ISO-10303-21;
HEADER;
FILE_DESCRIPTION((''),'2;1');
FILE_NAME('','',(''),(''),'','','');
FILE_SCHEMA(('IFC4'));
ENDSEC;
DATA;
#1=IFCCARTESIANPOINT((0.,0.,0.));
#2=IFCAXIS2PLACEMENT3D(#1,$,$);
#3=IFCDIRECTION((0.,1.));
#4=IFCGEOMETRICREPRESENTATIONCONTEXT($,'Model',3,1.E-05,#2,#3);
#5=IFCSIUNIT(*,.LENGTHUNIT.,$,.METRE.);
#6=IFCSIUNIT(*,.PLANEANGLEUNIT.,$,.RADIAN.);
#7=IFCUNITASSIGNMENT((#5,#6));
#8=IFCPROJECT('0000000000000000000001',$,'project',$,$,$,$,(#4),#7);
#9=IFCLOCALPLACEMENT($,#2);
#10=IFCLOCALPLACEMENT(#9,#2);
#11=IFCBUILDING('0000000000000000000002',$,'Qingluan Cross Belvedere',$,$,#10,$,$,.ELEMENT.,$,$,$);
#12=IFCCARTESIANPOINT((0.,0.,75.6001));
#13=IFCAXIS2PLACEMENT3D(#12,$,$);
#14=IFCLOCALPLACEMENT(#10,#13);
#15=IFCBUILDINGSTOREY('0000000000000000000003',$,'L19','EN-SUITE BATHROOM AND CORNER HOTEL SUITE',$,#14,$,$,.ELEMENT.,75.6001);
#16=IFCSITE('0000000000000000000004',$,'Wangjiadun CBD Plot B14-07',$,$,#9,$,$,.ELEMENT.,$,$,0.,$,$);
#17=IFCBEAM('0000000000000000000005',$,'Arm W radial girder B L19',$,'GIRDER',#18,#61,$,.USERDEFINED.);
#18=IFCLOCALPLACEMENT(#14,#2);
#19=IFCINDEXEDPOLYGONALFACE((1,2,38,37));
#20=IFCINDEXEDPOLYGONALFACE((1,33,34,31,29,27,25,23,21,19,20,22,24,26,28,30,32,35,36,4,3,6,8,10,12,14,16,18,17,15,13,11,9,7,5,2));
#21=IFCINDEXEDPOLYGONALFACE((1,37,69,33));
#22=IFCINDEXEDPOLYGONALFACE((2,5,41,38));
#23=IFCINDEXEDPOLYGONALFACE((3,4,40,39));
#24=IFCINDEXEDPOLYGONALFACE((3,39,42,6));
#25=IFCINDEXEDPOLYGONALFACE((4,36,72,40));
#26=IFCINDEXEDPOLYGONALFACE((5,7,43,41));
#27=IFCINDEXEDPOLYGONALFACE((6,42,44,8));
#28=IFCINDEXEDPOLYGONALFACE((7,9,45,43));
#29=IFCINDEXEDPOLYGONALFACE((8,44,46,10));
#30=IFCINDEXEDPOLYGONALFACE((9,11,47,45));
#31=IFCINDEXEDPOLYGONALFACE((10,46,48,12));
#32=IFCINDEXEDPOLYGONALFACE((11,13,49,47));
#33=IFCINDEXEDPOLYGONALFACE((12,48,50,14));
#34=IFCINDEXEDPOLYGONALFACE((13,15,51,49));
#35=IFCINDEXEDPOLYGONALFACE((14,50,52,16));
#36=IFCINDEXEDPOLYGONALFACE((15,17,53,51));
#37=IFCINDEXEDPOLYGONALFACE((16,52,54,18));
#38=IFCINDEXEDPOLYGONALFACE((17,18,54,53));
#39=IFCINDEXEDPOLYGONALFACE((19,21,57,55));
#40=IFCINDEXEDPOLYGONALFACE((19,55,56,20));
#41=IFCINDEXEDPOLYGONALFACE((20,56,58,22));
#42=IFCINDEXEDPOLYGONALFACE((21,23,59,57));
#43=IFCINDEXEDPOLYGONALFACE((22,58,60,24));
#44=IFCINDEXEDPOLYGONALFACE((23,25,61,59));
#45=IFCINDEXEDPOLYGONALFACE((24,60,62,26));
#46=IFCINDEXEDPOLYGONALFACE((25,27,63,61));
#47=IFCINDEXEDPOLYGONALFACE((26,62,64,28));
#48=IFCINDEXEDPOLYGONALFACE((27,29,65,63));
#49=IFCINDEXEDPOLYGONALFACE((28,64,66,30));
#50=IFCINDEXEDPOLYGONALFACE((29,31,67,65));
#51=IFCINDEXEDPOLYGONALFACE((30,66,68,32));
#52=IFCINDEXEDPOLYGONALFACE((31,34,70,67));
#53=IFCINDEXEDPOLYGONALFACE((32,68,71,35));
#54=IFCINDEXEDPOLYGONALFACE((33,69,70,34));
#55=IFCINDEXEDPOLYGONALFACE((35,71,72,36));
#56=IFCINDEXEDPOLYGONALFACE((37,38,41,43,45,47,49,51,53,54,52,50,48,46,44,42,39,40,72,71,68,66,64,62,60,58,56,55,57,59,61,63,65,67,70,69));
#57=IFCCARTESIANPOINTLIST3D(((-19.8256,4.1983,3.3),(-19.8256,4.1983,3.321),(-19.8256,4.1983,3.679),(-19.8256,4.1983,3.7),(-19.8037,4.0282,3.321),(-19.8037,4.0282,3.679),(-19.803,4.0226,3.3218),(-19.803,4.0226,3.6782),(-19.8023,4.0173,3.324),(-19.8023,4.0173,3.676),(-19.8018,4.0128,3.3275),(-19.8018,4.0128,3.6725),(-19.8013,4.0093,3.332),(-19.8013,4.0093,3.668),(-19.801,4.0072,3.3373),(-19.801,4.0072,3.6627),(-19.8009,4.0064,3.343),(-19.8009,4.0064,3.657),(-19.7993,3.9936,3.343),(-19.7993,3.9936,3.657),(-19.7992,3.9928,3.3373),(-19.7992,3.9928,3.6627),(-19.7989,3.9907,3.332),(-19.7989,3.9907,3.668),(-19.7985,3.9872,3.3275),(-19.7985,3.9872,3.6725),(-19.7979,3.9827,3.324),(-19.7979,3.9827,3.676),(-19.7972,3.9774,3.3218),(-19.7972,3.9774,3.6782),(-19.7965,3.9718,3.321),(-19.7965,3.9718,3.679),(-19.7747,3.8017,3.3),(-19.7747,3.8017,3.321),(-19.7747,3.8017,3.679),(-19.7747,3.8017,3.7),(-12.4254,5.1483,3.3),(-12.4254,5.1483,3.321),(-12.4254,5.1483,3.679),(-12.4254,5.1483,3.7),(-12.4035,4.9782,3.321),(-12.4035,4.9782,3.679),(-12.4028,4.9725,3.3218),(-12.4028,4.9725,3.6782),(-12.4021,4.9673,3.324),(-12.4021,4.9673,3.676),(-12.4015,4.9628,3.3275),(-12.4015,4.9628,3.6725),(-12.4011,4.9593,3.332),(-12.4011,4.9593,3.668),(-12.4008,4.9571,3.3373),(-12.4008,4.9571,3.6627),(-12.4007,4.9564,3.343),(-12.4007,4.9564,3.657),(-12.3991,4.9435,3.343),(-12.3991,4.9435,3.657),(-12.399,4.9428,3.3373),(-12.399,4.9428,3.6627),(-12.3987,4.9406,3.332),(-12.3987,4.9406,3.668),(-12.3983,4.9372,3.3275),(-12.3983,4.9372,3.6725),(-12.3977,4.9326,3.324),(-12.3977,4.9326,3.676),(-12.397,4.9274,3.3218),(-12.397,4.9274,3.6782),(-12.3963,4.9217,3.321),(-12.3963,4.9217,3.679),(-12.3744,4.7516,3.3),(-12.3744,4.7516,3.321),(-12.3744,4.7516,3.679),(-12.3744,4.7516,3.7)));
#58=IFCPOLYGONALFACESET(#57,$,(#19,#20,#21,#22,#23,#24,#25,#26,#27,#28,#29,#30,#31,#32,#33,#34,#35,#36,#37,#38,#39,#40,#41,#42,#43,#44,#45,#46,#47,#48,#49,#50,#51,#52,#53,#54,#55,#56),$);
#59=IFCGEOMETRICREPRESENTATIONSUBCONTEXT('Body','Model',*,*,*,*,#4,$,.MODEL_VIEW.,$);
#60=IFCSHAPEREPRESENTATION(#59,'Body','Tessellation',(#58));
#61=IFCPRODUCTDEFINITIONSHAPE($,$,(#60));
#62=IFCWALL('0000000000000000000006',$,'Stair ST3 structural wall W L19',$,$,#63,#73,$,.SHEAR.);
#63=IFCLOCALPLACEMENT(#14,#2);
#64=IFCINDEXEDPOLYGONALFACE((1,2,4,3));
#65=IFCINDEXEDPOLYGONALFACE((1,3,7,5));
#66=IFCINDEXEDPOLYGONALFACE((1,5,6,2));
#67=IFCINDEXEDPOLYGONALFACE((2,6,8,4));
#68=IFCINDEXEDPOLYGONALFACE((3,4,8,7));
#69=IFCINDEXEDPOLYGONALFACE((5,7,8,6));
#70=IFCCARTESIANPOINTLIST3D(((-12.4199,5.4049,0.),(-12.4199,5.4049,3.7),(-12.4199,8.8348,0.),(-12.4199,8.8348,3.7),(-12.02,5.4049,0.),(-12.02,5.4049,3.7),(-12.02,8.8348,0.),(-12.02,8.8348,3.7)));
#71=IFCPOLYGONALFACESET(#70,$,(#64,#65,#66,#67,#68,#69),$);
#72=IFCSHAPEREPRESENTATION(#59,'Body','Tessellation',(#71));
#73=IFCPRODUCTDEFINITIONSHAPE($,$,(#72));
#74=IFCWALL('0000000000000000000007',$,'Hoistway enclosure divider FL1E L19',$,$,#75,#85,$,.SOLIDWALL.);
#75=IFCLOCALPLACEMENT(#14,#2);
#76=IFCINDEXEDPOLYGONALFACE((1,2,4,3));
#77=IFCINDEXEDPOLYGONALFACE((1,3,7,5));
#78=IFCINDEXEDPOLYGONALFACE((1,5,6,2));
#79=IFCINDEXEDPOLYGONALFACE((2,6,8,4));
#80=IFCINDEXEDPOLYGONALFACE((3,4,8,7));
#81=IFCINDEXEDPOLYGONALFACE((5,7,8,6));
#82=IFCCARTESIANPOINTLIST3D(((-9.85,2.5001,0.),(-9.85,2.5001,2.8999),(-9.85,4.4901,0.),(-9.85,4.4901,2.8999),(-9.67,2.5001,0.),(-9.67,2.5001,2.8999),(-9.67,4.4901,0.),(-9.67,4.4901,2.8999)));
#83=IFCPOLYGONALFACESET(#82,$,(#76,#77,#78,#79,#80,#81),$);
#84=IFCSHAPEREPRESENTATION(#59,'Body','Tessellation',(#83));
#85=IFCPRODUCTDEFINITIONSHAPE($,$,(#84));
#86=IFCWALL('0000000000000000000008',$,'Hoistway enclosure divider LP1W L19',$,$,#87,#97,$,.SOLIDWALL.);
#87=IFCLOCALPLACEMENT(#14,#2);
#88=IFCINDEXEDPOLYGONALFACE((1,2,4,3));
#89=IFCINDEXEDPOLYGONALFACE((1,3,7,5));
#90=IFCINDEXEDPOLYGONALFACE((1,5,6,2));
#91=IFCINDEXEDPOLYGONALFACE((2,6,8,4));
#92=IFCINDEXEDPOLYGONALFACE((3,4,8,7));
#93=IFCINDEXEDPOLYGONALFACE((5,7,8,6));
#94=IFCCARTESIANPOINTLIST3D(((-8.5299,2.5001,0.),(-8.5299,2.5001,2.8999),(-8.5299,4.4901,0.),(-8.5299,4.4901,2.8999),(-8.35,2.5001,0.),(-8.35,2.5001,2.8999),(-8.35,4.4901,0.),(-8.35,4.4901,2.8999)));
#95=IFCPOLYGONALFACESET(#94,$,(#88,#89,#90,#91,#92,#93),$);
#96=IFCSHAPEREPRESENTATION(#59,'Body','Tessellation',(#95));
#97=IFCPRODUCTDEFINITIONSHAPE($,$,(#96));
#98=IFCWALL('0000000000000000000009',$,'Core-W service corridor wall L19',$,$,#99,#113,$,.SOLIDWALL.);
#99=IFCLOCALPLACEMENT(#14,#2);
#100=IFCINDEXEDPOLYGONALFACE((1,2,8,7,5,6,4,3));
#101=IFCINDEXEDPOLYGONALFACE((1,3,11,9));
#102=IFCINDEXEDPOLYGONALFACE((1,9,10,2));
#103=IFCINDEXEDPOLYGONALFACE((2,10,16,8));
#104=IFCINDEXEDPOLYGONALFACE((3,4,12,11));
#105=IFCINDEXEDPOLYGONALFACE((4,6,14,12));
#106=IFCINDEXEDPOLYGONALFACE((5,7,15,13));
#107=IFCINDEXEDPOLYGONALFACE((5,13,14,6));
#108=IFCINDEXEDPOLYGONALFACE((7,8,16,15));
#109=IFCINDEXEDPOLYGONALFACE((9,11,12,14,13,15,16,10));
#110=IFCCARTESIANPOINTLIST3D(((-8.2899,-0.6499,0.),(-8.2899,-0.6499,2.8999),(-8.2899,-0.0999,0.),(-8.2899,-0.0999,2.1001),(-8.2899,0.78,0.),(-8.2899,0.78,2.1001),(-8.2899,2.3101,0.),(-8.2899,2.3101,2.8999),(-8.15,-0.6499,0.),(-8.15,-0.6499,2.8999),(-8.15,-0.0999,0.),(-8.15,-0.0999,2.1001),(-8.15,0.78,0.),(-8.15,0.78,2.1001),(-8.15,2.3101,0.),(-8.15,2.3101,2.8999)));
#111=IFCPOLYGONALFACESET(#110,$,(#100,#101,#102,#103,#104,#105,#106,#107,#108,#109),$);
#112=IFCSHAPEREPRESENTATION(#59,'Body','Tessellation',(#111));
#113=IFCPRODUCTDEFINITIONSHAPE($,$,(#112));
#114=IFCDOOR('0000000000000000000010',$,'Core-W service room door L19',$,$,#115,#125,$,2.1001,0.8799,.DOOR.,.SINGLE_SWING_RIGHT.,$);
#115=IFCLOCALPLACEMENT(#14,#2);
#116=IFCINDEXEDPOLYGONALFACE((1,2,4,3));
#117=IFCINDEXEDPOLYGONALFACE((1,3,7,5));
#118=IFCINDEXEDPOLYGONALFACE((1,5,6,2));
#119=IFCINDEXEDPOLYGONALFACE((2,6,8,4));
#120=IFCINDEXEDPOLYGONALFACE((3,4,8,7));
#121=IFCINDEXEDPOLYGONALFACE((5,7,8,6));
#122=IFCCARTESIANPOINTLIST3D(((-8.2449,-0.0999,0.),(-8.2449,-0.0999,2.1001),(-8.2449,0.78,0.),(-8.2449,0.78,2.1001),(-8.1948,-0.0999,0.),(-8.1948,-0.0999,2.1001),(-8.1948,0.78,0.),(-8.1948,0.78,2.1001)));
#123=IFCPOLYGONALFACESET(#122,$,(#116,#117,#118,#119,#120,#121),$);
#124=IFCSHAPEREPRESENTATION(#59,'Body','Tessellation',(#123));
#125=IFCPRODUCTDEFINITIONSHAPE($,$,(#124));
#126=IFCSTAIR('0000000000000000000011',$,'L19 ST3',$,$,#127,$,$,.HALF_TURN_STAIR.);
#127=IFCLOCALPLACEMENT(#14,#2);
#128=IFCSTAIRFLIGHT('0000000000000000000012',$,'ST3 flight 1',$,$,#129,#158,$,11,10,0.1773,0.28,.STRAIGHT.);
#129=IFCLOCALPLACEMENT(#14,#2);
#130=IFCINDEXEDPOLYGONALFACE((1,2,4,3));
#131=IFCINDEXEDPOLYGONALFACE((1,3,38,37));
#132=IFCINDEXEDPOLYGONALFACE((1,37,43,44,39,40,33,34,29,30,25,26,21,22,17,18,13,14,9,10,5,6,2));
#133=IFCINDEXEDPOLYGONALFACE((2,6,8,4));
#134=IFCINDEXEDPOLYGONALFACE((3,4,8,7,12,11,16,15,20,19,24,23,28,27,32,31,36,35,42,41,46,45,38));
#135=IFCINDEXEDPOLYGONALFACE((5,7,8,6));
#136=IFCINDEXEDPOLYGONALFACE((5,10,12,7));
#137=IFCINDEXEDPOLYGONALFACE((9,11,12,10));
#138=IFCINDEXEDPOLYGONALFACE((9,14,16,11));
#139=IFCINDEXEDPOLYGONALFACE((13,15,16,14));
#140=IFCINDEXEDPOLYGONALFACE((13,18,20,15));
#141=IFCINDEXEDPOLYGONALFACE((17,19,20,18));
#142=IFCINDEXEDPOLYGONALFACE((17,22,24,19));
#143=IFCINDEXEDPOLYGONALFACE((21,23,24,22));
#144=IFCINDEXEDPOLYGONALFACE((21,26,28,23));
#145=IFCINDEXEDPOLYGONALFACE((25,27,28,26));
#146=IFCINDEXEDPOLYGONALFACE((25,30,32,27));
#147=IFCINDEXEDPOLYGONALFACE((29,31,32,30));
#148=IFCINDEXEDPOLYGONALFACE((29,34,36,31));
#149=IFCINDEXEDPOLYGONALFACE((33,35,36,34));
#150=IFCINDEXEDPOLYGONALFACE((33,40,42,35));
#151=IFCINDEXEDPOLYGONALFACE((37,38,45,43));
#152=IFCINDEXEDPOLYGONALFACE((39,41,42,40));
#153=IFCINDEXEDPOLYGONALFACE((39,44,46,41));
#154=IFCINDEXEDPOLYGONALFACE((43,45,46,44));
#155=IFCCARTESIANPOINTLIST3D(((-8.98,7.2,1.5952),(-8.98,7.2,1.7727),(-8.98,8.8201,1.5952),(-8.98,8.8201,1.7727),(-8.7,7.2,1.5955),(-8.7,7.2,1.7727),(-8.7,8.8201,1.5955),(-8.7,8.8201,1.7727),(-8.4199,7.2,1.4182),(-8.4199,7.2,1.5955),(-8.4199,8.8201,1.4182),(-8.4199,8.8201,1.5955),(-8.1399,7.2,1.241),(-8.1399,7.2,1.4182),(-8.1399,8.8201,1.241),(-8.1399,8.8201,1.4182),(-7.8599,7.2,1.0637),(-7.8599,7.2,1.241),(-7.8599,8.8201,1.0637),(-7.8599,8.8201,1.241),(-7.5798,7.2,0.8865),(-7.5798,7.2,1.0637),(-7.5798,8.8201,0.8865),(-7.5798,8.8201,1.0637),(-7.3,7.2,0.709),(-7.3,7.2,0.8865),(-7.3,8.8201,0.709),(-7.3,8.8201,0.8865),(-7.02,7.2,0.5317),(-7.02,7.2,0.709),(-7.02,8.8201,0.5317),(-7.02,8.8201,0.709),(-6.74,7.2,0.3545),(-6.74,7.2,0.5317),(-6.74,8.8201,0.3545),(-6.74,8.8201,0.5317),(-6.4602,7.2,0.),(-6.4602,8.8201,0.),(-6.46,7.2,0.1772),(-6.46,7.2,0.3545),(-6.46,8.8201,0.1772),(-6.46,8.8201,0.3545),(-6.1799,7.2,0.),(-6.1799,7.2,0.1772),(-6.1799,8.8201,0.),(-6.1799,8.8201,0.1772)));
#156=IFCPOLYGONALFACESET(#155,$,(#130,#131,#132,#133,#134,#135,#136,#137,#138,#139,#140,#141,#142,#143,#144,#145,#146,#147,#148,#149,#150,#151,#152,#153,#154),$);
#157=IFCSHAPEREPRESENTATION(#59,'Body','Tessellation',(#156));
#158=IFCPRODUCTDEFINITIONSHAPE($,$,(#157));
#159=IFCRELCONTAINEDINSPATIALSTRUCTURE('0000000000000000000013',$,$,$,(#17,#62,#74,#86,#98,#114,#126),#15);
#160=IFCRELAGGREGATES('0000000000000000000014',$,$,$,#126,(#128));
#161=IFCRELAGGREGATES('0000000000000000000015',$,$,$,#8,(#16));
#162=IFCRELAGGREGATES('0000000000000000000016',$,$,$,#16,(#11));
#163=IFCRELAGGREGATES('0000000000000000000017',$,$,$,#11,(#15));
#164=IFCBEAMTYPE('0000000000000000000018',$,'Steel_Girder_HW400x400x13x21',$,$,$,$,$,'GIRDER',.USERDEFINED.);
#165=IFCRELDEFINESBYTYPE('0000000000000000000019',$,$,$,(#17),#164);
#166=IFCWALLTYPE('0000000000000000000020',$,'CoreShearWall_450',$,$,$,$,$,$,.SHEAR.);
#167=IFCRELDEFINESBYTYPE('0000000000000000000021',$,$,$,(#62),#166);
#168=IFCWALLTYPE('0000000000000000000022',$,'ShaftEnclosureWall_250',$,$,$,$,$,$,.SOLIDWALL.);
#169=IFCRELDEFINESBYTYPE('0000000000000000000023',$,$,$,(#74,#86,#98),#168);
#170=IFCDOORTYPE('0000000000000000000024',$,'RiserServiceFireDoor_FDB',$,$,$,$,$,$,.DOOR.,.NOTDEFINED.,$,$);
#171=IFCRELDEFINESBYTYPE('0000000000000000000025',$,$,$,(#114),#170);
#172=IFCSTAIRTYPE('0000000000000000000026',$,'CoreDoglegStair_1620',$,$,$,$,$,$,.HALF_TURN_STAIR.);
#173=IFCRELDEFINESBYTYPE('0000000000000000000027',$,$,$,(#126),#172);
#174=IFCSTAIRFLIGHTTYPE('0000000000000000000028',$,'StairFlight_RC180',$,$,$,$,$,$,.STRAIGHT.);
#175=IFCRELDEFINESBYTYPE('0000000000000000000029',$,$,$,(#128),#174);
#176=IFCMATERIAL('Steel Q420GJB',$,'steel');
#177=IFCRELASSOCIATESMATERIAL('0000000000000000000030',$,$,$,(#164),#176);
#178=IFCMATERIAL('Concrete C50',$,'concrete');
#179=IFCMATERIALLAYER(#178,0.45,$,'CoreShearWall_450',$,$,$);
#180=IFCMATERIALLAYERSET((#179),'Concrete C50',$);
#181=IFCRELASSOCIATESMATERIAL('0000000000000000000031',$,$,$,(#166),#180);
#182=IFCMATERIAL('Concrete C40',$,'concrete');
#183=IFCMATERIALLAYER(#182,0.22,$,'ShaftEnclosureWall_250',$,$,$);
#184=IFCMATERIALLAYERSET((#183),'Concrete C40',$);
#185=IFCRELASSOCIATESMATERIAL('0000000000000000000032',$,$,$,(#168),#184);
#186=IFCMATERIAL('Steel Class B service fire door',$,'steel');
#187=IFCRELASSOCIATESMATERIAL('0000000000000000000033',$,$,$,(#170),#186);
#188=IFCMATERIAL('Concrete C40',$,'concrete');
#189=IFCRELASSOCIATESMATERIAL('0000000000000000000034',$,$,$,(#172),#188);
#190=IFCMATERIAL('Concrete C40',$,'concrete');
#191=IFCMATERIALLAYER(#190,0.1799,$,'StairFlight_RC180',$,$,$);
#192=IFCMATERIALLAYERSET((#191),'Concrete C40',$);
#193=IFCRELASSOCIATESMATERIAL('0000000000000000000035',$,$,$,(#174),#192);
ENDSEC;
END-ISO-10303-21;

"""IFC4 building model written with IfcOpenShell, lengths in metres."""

from ifc_helpers import new_model, si_unit, direction, frame, frame_2d, origin, origin_2d, place, context, subcontext, project, spatial, polyline, rectangle, i_section, outline, extrude, material, layer, layer_set, material_profile, profile_set, type_object, element, fill, aggregate, save


model = new_model("IFC4")

# Units and contexts
model_context = context("Model", 3, precision=1e-05, world=origin(), true_north=direction((0.0, 1.0)))
body_context = subcontext(model_context, "Body", "Model", "MODEL_VIEW")
ifc_project = project(units=[si_unit("LENGTHUNIT", "METRE"), si_unit("PLANEANGLEUNIT", "RADIAN")], contexts=[model_context])

# Site, building, storey
site_placement = place(None, origin())
site = spatial("IfcSite", under=ifc_project, at=site_placement, Name="Wangjiadun CBD Plot B14-07", CompositionType="ELEMENT", RefElevation=0.0)
building_placement = place(site_placement, origin())
building = spatial("IfcBuilding", under=site, at=building_placement, Name="Qingluan Cross Belvedere", CompositionType="ELEMENT")
storey_placement = place(building_placement, frame((0.0, 0.0, 75.6001)))
storey = spatial("IfcBuildingStorey", under=building, at=storey_placement, Name="L19", Description="EN-SUITE BATHROOM AND CORNER HOTEL SUITE", CompositionType="ELEMENT", Elevation=75.6001)

# Beam
ifc_material_1 = material(Name="Steel Q420GJB", Category="steel")
ifc_material_profile_1 = material_profile(ifc_material_1, i_section(OverallWidth=0.3999, OverallDepth=0.3999, WebThickness=0.0129, FlangeThickness=0.021, FilletRadius=0.022, at=origin_2d()), Name="HW400x400x13x21")
ifc_profile_set_1 = profile_set([ifc_material_profile_1], Name="Steel Q420GJB")
beam_type_1 = type_object("IfcBeamType", Name="Steel_Girder_HW400x400x13x21", ElementType="GIRDER", PredefinedType="USERDEFINED", material=ifc_profile_set_1)
beam_1_placement = place(storey_placement, frame((-12.3999, 4.95, 3.5), z_axis=(-0.991861, -0.127324, 0.0), x_axis=(0.127324, -0.991861, 0.0)))
element("IfcBeam", 1, at=beam_1_placement, inside=storey, type_object=beam_type_1, Name="Arm W radial girder B L19", ObjectType="GIRDER", PredefinedType="USERDEFINED", context=body_context, shape_type="SweptSolid", body=[
    extrude(i_section(OverallWidth=0.3999, OverallDepth=0.3999, WebThickness=0.0129, FlangeThickness=0.021, FilletRadius=0.022, at=origin_2d()), origin(), (0.0, 0.0, 1.0), 7.4609),
])

# Wall
ifc_material_2 = material(Name="Concrete C50", Category="concrete")
ifc_layer_1 = layer(ifc_material_2, 0.45, Name="CoreShearWall_450")
ifc_layer_set_1 = layer_set([ifc_layer_1], Name="Concrete C50")
wall_type_1 = type_object("IfcWallType", Name="CoreShearWall_450", PredefinedType="SHEAR", material=ifc_layer_set_1)
wall_1_placement = place(storey_placement, frame((-12.22, 5.405, 0.0), z_axis=(0.0, 0.0, 1.0), x_axis=(0.0, 1.0, 0.0)))
element("IfcWall", 2, at=wall_1_placement, inside=storey, type_object=wall_type_1, Name="Stair ST3 structural wall W L19", PredefinedType="SHEAR", context=body_context, shape_type="SweptSolid", body=[
    extrude(rectangle(XDim=3.4299, YDim=0.3999, at=frame_2d((1.7148, 0.0))), origin(), (0.0, 0.0, 1.0), 3.7),
])

# Shared definitions
ifc_material_3 = material(Name="Concrete C40", Category="concrete")
ifc_layer_2 = layer(ifc_material_3, 0.22, Name="ShaftEnclosureWall_250")
ifc_layer_set_2 = layer_set([ifc_layer_2], Name="Concrete C40")
wall_type_2 = type_object("IfcWallType", Name="ShaftEnclosureWall_250", PredefinedType="SOLIDWALL", material=ifc_layer_set_2)

# Walls
for number, where, z_axis, x_axis, name in (
    (3, (-9.76, 2.5, 0.0), (0.0, 0.0, 1.0), (0.0, 1.0, 0.0), "Hoistway enclosure divider FL1E L19"),
    (4, (-8.4399, 2.5, 0.0), (0.0, 0.0, 1.0), (0.0, 1.0, 0.0), "Hoistway enclosure divider LP1W L19"),
):
    element("IfcWall", number, at=place(storey_placement, frame(where, z_axis=z_axis, x_axis=x_axis)), inside=storey, type_object=wall_type_2, Name=name, PredefinedType="SOLIDWALL", context=body_context, shape_type="SweptSolid", body=[
        extrude(rectangle(XDim=1.99, YDim=0.1799, at=frame_2d((0.9951, 0.0))), origin(), (0.0, 0.0, 1.0), 2.8999),
    ])

# Wall, opening, door
wall_2_placement = place(storey_placement, frame((-8.22, -0.6499, 0.0), z_axis=(0.0, 0.0, 1.0), x_axis=(0.0, 1.0, 0.0)))
wall_2 = element("IfcWall", 5, at=wall_2_placement, inside=storey, type_object=wall_type_2, Name="Core-W service corridor wall L19", PredefinedType="SOLIDWALL", context=body_context, shape_type="SweptSolid", body=[
    extrude(rectangle(XDim=2.96, YDim=0.1399, at=frame_2d((1.48, 0.0))), origin(), (0.0, 0.0, 1.0), 2.8999),
])
opening_1_placement = place(wall_2_placement, frame((0.55, 0.0, 0.0)))
opening_1 = element("IfcOpeningElement", 6, at=opening_1_placement, cuts=wall_2, PredefinedType="OPENING", context=body_context, shape_type="SweptSolid", body=[
    extrude(rectangle(XDim=0.8799, YDim=2.1001, at=frame_2d((0.4399, 1.05))), frame((0.0, 0.0798, 0.0), z_axis=(0.0, -1.0, 0.0), x_axis=(1.0, 0.0, 0.0)), (0.0, 0.0, 1.0), 0.1599),
])
ifc_material_4 = material(Name="Steel Class B service fire door", Category="steel")
door_type_1 = type_object("IfcDoorType", Name="RiserServiceFireDoor_FDB", OperationType="NOTDEFINED", PredefinedType="DOOR", material=ifc_material_4)
door_1_placement = place(opening_1_placement, origin())
door_1 = element("IfcDoor", 7, at=door_1_placement, inside=storey, type_object=door_type_1, Name="Core-W service room door L19", OperationType="SINGLE_SWING_RIGHT", OverallHeight=2.1001, OverallWidth=0.8799, PredefinedType="DOOR", context=body_context, shape_type="SweptSolid", body=[
    extrude(rectangle(XDim=0.8799, YDim=2.1001, at=frame_2d((0.4399, 1.05))), frame((0.0, 0.0249, 0.0), z_axis=(0.0, -1.0, 0.0), x_axis=(1.0, 0.0, 0.0)), (0.0, 0.0, 1.0), 0.05),
])
fill(opening_1, door_1)

# Stair, stair flight
ifc_material_5 = material(Name="Concrete C40", Category="concrete")
stair_type = type_object("IfcStairType", Name="CoreDoglegStair_1620", PredefinedType="HALF_TURN_STAIR", material=ifc_material_5)
stair_placement = place(storey_placement, origin())
stair = element("IfcStair", 8, at=stair_placement, inside=storey, type_object=stair_type, Name="L19 ST3", PredefinedType="HALF_TURN_STAIR")
ifc_material_6 = material(Name="Concrete C40", Category="concrete")
ifc_layer_3 = layer(ifc_material_6, 0.1799, Name="StairFlight_RC180")
ifc_layer_set_3 = layer_set([ifc_layer_3], Name="Concrete C40")
stair_flight_type = type_object("IfcStairFlightType", Name="StairFlight_RC180", PredefinedType="STRAIGHT", material=ifc_layer_set_3)
stair_flight_1_placement = place(storey_placement, frame((-6.1799, 8.01, 0.0), z_axis=(0.0, 0.0, 1.0), x_axis=(-1.0, 0.0, 0.0)))
stair_flight_1 = element("IfcStairFlight", 9, at=stair_flight_1_placement, type_object=stair_flight_type, Name="ST3 flight 1", NumberOfRisers=11, NumberOfTreads=10, PredefinedType="STRAIGHT", RiserHeight=0.1773, TreadLength=0.28, context=body_context, shape_type="SweptSolid", body=[
    extrude(outline(polyline([(0.0, 0.0), (0.0, 0.1772), (0.28, 0.1772), (0.28, 0.3545), (0.5601, 0.3545), (0.5601, 0.5317), (0.8401, 0.5317), (0.8401, 0.709), (1.1201, 0.709), (1.1201, 0.8865), (1.3999, 0.8865), (1.3999, 1.0637), (1.6799, 1.0637), (1.6799, 1.241), (1.96, 1.241), (1.96, 1.4182), (2.24, 1.4182), (2.24, 1.5955), (2.52, 1.5955), (2.52, 1.7727), (2.8, 1.7727), (2.8, 1.95), (2.8, 1.5952), (0.2803, 0.0), (0.0, 0.0)])), frame((0.0, 0.8101, 0.0), z_axis=(0.0, -1.0, 0.0), x_axis=(1.0, 0.0, 0.0)), (0.0, 0.0, 1.0), 1.6201),
])
aggregate(stair, [stair_flight_1])

save(model, "model.ifc")
